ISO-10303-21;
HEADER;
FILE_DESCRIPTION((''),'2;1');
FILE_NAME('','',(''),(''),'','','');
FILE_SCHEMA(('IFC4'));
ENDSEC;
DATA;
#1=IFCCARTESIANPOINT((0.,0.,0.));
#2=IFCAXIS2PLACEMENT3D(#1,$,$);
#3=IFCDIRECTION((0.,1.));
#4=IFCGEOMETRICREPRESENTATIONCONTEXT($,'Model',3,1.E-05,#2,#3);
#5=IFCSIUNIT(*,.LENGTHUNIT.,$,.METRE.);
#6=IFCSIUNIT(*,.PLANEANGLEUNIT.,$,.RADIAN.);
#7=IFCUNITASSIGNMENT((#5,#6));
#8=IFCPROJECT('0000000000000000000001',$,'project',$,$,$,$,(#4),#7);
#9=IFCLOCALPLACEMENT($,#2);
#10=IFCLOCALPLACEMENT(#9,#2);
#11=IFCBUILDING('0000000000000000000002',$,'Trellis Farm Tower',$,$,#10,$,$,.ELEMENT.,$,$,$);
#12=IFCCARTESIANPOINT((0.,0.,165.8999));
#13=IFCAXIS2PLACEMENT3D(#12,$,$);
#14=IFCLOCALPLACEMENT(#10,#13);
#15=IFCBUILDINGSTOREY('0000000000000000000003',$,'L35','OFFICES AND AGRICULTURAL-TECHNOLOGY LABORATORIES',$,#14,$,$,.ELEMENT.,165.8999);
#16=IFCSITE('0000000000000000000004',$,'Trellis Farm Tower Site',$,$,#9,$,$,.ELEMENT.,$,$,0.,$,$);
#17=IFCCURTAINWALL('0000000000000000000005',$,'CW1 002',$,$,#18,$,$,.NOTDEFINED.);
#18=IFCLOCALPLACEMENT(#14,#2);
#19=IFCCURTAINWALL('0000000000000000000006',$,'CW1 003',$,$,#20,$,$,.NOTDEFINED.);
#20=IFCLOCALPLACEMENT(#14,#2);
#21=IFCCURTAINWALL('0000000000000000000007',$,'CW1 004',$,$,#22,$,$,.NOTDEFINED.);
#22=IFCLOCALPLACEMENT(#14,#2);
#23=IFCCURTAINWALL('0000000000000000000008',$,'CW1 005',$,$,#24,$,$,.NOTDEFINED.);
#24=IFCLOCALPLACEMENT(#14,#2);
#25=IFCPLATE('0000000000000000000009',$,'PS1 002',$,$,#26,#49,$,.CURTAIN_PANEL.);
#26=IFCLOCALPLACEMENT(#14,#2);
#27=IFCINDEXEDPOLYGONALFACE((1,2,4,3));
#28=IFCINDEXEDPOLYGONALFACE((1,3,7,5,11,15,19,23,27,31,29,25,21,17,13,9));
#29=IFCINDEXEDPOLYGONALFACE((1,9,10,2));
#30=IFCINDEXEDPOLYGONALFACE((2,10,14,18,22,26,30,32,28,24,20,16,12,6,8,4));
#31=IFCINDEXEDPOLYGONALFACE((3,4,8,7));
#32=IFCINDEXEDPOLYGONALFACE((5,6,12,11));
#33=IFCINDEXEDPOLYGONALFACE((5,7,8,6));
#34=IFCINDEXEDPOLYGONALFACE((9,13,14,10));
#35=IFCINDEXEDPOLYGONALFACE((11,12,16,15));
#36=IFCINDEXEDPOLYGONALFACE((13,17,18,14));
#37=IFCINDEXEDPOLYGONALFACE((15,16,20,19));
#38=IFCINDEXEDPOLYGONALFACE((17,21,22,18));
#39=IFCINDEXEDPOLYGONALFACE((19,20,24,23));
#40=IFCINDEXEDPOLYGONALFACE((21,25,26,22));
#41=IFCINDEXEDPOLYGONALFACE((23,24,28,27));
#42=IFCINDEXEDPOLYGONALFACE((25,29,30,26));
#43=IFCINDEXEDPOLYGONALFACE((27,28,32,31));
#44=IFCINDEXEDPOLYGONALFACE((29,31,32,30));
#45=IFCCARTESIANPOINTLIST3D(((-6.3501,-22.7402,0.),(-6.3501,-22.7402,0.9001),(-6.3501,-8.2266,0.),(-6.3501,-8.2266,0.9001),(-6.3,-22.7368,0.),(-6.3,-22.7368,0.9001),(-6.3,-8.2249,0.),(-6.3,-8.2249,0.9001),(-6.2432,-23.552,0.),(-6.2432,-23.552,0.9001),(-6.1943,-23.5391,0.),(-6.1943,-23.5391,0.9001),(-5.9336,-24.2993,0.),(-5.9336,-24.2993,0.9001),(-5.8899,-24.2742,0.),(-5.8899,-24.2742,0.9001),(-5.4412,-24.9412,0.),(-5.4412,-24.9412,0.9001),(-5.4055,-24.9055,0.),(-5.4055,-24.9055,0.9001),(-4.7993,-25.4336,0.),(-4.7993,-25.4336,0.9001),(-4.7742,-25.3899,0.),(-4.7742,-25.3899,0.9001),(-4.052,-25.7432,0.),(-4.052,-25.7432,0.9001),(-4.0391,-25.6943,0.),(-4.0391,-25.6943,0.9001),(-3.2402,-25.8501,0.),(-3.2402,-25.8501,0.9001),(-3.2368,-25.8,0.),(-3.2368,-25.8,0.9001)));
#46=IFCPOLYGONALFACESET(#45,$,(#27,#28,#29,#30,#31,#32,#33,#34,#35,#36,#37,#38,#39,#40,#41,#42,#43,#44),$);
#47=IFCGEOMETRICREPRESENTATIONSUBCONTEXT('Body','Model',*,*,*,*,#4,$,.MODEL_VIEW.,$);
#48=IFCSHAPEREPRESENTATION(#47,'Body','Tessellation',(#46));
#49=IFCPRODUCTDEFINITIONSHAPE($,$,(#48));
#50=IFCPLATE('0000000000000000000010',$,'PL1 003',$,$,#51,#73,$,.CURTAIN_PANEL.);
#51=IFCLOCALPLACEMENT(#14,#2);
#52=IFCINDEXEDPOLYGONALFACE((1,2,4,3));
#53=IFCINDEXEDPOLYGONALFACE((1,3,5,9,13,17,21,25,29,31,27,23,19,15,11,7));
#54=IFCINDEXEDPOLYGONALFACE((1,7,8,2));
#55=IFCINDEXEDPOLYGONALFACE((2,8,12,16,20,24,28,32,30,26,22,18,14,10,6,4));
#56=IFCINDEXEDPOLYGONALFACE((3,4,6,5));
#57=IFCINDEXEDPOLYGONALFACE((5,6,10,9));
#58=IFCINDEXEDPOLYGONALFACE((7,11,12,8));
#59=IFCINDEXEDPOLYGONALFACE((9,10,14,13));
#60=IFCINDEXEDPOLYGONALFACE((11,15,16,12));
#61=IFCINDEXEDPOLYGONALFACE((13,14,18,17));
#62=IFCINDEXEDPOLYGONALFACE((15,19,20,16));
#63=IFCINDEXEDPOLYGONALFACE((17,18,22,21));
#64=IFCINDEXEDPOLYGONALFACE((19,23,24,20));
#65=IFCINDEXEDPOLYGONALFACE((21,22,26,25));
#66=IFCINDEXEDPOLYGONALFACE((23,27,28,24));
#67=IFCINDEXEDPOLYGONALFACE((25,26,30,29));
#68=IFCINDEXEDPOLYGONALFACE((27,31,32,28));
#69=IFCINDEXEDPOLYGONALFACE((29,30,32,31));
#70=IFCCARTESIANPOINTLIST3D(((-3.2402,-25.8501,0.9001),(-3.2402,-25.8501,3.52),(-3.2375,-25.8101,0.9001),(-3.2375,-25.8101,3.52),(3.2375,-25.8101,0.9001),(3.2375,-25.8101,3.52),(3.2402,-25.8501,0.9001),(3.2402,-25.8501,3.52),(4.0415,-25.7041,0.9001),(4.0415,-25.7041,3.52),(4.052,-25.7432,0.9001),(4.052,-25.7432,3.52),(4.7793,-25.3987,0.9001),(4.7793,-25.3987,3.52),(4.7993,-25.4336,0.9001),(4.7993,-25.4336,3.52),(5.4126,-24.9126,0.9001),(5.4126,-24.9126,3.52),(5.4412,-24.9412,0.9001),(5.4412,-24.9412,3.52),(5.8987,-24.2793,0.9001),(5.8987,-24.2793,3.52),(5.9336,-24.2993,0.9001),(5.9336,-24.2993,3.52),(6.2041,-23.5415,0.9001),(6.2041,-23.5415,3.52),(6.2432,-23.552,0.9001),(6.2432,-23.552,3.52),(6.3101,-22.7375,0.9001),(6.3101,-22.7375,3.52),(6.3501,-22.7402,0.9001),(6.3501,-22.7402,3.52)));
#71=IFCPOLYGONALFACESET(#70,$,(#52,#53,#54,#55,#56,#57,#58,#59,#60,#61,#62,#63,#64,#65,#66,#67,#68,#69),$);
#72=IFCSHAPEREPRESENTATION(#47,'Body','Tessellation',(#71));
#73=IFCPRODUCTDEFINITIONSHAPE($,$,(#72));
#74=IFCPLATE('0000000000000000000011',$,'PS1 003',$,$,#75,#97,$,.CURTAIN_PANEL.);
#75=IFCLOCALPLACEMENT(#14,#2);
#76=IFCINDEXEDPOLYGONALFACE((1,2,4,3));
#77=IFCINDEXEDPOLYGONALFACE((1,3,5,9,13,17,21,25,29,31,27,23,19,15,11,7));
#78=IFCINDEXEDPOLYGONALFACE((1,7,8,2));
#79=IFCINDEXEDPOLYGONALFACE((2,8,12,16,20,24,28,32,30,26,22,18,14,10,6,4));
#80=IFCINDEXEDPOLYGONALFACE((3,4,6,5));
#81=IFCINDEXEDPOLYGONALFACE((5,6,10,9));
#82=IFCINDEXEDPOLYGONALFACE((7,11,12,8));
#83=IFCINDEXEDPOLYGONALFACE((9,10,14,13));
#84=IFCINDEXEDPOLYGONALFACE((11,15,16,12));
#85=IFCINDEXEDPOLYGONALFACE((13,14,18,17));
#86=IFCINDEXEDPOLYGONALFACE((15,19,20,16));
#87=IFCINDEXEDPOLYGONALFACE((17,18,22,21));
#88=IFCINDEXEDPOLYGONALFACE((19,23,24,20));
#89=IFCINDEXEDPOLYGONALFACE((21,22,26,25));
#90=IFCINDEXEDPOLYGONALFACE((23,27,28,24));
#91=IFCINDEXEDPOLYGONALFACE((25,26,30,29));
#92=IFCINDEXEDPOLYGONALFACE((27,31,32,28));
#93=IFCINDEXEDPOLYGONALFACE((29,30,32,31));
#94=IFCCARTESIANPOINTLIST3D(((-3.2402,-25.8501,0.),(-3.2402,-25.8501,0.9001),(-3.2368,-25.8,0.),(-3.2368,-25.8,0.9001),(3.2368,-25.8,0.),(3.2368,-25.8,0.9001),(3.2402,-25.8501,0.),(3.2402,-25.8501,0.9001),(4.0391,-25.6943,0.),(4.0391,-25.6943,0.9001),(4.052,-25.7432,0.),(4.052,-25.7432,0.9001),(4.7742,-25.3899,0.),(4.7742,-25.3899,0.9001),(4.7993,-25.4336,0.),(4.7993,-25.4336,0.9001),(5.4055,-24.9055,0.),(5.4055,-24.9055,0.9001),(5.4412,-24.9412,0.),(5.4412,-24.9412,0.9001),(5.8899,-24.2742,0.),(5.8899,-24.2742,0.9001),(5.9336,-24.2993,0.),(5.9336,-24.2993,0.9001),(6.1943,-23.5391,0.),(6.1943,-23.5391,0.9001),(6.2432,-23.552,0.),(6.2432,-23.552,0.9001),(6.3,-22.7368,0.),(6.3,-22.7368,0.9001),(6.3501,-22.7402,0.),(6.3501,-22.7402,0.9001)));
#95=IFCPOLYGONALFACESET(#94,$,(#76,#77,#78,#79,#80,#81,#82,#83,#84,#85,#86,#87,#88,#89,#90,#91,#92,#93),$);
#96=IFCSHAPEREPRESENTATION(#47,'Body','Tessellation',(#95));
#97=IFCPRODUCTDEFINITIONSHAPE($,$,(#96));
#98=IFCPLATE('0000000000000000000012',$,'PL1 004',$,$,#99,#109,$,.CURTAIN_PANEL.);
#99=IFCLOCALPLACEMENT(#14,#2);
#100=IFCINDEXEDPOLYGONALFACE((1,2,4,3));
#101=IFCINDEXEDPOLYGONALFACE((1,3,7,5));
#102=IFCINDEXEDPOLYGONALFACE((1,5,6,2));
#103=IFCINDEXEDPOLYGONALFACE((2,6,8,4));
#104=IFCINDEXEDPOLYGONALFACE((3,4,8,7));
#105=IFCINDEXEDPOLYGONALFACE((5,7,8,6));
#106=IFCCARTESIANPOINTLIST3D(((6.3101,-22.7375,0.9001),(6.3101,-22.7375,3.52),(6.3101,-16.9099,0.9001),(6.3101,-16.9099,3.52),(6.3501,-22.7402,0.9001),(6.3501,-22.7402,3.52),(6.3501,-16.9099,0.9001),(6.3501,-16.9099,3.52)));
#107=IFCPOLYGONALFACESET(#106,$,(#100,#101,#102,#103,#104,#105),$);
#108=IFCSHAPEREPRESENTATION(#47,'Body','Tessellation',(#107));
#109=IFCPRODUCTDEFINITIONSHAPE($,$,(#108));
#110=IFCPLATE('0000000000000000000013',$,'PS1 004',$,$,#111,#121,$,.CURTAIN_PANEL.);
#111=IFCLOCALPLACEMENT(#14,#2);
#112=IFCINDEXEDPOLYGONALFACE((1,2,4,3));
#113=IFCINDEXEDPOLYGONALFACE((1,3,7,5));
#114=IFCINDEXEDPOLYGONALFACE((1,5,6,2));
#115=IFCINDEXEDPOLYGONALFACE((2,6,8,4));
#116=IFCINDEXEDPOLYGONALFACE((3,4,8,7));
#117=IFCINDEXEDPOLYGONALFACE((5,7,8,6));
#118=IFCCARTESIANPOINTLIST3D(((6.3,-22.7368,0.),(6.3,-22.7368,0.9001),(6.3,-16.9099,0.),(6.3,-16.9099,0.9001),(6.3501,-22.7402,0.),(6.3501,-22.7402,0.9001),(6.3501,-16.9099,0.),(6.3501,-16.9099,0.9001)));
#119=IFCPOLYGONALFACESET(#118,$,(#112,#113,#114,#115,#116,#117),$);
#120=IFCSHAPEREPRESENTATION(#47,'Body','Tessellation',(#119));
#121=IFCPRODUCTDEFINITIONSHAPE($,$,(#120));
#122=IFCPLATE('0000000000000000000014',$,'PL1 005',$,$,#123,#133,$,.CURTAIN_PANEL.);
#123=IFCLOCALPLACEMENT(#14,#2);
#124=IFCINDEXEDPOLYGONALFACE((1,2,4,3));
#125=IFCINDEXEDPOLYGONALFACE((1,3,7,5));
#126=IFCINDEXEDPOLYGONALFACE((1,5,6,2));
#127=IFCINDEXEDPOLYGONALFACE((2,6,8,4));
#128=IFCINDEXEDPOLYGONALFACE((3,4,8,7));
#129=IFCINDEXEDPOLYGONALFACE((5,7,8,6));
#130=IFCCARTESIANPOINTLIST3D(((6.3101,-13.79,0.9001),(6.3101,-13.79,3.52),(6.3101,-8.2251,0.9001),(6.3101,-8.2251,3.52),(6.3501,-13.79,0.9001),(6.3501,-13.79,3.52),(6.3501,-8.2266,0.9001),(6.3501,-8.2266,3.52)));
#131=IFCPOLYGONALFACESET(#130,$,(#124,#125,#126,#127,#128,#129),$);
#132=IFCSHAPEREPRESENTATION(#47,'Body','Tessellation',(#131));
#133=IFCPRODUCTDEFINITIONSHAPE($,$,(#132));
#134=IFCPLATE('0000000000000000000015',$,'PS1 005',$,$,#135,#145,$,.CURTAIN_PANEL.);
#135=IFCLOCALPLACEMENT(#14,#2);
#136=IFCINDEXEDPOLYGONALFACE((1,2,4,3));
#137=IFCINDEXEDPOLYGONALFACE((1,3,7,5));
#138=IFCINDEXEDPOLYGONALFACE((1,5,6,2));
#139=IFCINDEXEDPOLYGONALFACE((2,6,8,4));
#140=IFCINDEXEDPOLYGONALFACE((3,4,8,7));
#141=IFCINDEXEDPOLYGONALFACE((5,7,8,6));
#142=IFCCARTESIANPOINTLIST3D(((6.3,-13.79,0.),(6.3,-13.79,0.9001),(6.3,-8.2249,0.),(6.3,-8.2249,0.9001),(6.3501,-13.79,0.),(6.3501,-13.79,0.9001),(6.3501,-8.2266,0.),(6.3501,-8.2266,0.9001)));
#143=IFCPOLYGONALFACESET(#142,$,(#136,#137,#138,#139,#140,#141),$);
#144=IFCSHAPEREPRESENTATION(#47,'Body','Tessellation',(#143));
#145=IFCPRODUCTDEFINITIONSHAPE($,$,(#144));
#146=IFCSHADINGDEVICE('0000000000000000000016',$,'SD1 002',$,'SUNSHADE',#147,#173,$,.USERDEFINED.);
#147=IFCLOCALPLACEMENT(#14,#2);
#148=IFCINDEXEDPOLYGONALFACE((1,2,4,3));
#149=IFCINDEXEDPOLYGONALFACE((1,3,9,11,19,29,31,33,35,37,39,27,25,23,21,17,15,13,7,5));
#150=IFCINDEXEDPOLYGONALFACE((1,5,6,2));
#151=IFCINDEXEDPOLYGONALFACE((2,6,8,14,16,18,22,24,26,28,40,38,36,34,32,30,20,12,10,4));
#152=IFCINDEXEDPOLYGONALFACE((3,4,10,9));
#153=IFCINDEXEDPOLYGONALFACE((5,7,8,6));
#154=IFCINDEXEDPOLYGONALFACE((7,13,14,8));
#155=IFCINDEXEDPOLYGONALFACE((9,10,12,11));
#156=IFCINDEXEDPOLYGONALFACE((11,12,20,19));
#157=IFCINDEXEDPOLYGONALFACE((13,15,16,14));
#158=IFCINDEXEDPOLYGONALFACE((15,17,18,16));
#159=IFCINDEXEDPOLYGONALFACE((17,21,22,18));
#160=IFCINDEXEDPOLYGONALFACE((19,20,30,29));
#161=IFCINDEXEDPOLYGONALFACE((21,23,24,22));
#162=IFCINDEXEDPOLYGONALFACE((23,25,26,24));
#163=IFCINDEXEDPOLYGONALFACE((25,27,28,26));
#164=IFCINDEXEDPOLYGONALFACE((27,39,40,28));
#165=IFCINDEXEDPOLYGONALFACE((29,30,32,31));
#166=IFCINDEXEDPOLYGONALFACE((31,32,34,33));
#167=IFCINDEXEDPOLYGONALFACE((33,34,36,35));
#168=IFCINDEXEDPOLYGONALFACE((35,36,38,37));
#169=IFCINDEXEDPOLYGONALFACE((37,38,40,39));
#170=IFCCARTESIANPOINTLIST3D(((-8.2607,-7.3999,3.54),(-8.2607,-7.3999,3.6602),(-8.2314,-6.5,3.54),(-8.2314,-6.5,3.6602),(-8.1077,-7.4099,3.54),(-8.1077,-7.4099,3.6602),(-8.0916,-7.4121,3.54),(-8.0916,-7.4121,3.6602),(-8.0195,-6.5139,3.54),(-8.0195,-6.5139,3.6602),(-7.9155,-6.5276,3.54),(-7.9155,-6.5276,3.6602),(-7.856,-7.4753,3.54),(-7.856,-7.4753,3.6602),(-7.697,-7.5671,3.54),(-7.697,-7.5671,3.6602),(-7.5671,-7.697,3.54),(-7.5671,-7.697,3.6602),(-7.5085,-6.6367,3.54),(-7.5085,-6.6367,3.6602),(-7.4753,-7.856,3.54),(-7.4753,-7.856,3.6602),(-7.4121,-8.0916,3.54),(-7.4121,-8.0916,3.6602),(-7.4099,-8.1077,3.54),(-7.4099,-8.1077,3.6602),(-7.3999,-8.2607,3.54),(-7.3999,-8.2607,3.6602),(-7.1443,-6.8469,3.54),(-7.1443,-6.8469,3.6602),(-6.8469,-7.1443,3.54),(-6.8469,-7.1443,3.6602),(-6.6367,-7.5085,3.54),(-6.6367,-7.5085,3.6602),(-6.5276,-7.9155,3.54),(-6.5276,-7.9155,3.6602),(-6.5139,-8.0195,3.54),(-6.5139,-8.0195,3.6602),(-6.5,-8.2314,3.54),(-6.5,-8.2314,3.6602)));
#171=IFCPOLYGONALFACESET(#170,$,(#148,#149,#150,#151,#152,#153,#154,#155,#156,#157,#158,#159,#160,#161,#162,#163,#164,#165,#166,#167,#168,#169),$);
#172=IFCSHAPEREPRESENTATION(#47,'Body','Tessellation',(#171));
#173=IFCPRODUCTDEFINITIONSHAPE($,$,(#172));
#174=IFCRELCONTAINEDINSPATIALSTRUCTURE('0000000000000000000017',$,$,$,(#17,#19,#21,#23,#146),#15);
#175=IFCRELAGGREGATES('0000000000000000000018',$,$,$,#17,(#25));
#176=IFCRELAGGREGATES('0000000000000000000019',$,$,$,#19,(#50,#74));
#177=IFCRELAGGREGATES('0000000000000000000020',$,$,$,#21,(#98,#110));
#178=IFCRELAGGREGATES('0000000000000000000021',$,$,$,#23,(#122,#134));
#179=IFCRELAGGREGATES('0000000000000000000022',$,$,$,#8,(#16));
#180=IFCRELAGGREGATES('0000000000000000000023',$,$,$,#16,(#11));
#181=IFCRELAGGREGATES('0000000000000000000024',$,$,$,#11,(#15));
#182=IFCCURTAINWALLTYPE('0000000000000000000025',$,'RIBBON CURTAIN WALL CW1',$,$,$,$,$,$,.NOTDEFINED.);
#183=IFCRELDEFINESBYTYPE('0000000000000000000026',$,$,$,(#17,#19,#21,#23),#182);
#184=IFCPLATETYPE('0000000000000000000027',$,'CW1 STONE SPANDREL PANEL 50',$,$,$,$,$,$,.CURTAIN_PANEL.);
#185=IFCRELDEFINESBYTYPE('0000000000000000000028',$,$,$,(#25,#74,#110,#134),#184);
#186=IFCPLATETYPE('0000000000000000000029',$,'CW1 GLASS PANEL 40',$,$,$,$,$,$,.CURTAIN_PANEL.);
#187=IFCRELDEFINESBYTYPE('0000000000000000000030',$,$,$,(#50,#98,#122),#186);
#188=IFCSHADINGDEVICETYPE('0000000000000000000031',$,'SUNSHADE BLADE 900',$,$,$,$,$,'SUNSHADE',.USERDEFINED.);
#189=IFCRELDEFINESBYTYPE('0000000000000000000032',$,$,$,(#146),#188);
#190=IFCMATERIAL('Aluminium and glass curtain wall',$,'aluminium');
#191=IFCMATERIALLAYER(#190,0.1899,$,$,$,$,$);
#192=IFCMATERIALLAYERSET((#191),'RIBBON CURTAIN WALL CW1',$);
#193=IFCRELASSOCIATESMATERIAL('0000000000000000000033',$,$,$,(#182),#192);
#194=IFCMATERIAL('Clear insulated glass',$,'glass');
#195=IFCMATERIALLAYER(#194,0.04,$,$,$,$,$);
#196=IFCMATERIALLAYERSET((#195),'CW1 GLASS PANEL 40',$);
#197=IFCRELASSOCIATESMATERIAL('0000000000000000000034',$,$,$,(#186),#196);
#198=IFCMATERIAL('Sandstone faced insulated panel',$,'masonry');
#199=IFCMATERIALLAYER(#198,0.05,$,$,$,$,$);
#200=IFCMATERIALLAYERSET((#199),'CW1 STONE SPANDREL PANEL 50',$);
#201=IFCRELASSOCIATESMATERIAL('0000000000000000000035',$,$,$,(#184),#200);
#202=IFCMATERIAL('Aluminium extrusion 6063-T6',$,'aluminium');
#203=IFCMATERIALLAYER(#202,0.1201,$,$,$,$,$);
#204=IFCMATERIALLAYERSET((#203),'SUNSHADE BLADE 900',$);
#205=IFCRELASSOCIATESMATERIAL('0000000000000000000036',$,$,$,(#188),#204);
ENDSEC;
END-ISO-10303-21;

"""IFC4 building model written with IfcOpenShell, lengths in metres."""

from ifc_helpers import new_model, si_unit, direction, frame, origin, place, context, subcontext, project, spatial, polyline, outline, extrude, source, transform, mapped, material, layer, layer_set, type_object, element, aggregate, save


model = new_model("IFC4")

# Units and contexts
model_context = context("Model", 3, precision=1e-05, world=origin(), true_north=direction((0.0, 1.0)))
body_context = subcontext(model_context, "Body", "Model", "MODEL_VIEW")
ifc_project = project(units=[si_unit("LENGTHUNIT", "METRE"), si_unit("PLANEANGLEUNIT", "RADIAN")], contexts=[model_context])

# Site, building, storey
site_placement = place(None, origin())
site = spatial("IfcSite", under=ifc_project, at=site_placement, Name="Trellis Farm Tower Site", CompositionType="ELEMENT", RefElevation=0.0)
building_placement = place(site_placement, origin())
building = spatial("IfcBuilding", under=site, at=building_placement, Name="Trellis Farm Tower", CompositionType="ELEMENT")
storey_placement = place(building_placement, frame((0.0, 0.0, 165.8999)))
storey = spatial("IfcBuildingStorey", under=building, at=storey_placement, Name="L35", Description="OFFICES AND AGRICULTURAL-TECHNOLOGY LABORATORIES", CompositionType="ELEMENT", Elevation=165.8999)

# Curtain walls
ifc_material_1 = material(Name="Aluminium and glass curtain wall", Category="aluminium")
placement_1 = place(storey_placement, origin())
ifc_material_2 = material(Name="Aluminium extrusion 6063-T6", Category="aluminium")
ifc_layer_1 = layer(ifc_material_1, 0.1899)
ifc_layer_set_1 = layer_set([ifc_layer_1], Name="RIBBON CURTAIN WALL CW1")
curtain_wall_type_1 = type_object("IfcCurtainWallType", Name="RIBBON CURTAIN WALL CW1", PredefinedType="NOTDEFINED", material=ifc_layer_set_1)
curtain_wall_1 = element("IfcCurtainWall", 1, at=placement_1, inside=storey, type_object=curtain_wall_type_1, Name="CW1 002", PredefinedType="NOTDEFINED")
curtain_wall_2 = element("IfcCurtainWall", 2, at=placement_1, inside=storey, type_object=curtain_wall_type_1, Name="CW1 003", PredefinedType="NOTDEFINED")
curtain_wall_3 = element("IfcCurtainWall", 3, at=placement_1, inside=storey, type_object=curtain_wall_type_1, Name="CW1 004", PredefinedType="NOTDEFINED")
curtain_wall_4 = element("IfcCurtainWall", 4, at=placement_1, inside=storey, type_object=curtain_wall_type_1, Name="CW1 005", PredefinedType="NOTDEFINED")

# Plates
ifc_material_3 = material(Name="Clear insulated glass", Category="glass")
ifc_layer_2 = layer(ifc_material_3, 0.04)
ifc_layer_set_2 = layer_set([ifc_layer_2], Name="CW1 GLASS PANEL 40")
plate_type_1 = type_object("IfcPlateType", Name="CW1 GLASS PANEL 40", PredefinedType="CURTAIN_PANEL", material=ifc_layer_set_2)
placement_2 = place(storey_placement, frame((0.0, 0.0, 0.9001)))
ifc_material_4 = material(Name="Sandstone faced insulated panel", Category="masonry")
ifc_layer_3 = layer(ifc_material_4, 0.05)
ifc_layer_set_3 = layer_set([ifc_layer_3], Name="CW1 STONE SPANDREL PANEL 50")
plate_type_2 = type_object("IfcPlateType", Name="CW1 STONE SPANDREL PANEL 50", PredefinedType="CURTAIN_PANEL", material=ifc_layer_set_3)
shared_shape_1 = source(origin(), body_context, "Body", "SweptSolid", [
    extrude(outline(polyline([(-6.3501, -8.2266), (-6.3501, -22.7402), (-6.2432, -23.552), (-5.9336, -24.2993), (-5.4412, -24.9412), (-4.7993, -25.4336), (-4.052, -25.7432), (-3.2402, -25.8501), (-3.2368, -25.8), (-4.0391, -25.6943), (-4.7742, -25.3899), (-5.4055, -24.9055), (-5.8899, -24.2742), (-6.1943, -23.5391), (-6.3, -22.7368), (-6.3, -8.2249), (-6.3501, -8.2266)])), origin(), (0.0, 0.0, 1.0), 0.9001),
])
plate_1 = element("IfcPlate", 5, at=placement_1, type_object=plate_type_2, Name="PS1 002", PredefinedType="CURTAIN_PANEL", context=body_context, shape_type="MappedRepresentation", body=[
    mapped(shared_shape_1, transform((0.0, 0.0, 0.0))),
])
aggregate(curtain_wall_1, [plate_1])
shared_shape_2 = source(origin(), body_context, "Body", "SweptSolid", [
    extrude(outline(polyline([(-3.2402, -25.8501), (3.2402, -25.8501), (4.052, -25.7432), (4.7993, -25.4336), (5.4412, -24.9412), (5.9336, -24.2993), (6.2432, -23.552), (6.3501, -22.7402), (6.3101, -22.7375), (6.2041, -23.5415), (5.8987, -24.2793), (5.4126, -24.9126), (4.7793, -25.3987), (4.0415, -25.7041), (3.2375, -25.8101), (-3.2375, -25.8101), (-3.2402, -25.8501)])), origin(), (0.0, 0.0, 1.0), 2.6199),
])
plate_2 = element("IfcPlate", 6, at=placement_2, type_object=plate_type_1, Name="PL1 003", PredefinedType="CURTAIN_PANEL", context=body_context, shape_type="MappedRepresentation", body=[
    mapped(shared_shape_2, transform((0.0, 0.0, 0.0))),
])
shared_shape_3 = source(origin(), body_context, "Body", "SweptSolid", [
    extrude(outline(polyline([(-3.2402, -25.8501), (3.2402, -25.8501), (4.052, -25.7432), (4.7993, -25.4336), (5.4412, -24.9412), (5.9336, -24.2993), (6.2432, -23.552), (6.3501, -22.7402), (6.3, -22.7368), (6.1943, -23.5391), (5.8899, -24.2742), (5.4055, -24.9055), (4.7742, -25.3899), (4.0391, -25.6943), (3.2368, -25.8), (-3.2368, -25.8), (-3.2402, -25.8501)])), origin(), (0.0, 0.0, 1.0), 0.9001),
])
plate_3 = element("IfcPlate", 7, at=placement_1, type_object=plate_type_2, Name="PS1 003", PredefinedType="CURTAIN_PANEL", context=body_context, shape_type="MappedRepresentation", body=[
    mapped(shared_shape_3, transform((0.0, 0.0, 0.0))),
])
aggregate(curtain_wall_2, [plate_2, plate_3])
shared_shape_4 = source(origin(), body_context, "Body", "SweptSolid", [
    extrude(outline(polyline([(6.3501, -22.7402), (6.3501, -16.9099), (6.3101, -16.9099), (6.3101, -22.7375), (6.3501, -22.7402)])), origin(), (0.0, 0.0, 1.0), 2.6199),
])
plate_4 = element("IfcPlate", 8, at=placement_2, type_object=plate_type_1, Name="PL1 004", PredefinedType="CURTAIN_PANEL", context=body_context, shape_type="MappedRepresentation", body=[
    mapped(shared_shape_4, transform((0.0, 0.0, 0.0))),
])
shared_shape_5 = source(origin(), body_context, "Body", "SweptSolid", [
    extrude(outline(polyline([(6.3501, -22.7402), (6.3501, -16.9099), (6.3, -16.9099), (6.3, -22.7368), (6.3501, -22.7402)])), origin(), (0.0, 0.0, 1.0), 0.9001),
])
plate_5 = element("IfcPlate", 9, at=placement_1, type_object=plate_type_2, Name="PS1 004", PredefinedType="CURTAIN_PANEL", context=body_context, shape_type="MappedRepresentation", body=[
    mapped(shared_shape_5, transform((0.0, 0.0, 0.0))),
])
aggregate(curtain_wall_3, [plate_4, plate_5])
shared_shape_6 = source(origin(), body_context, "Body", "SweptSolid", [
    extrude(outline(polyline([(6.3501, -13.79), (6.3501, -8.2266), (6.3101, -8.2251), (6.3101, -13.79), (6.3501, -13.79)])), origin(), (0.0, 0.0, 1.0), 2.6199),
])
plate_6 = element("IfcPlate", 10, at=placement_2, type_object=plate_type_1, Name="PL1 005", PredefinedType="CURTAIN_PANEL", context=body_context, shape_type="MappedRepresentation", body=[
    mapped(shared_shape_6, transform((0.0, 0.0, 0.0))),
])
shared_shape_7 = source(origin(), body_context, "Body", "SweptSolid", [
    extrude(outline(polyline([(6.3501, -13.79), (6.3501, -8.2266), (6.3, -8.2249), (6.3, -13.79), (6.3501, -13.79)])), origin(), (0.0, 0.0, 1.0), 0.9001),
])
plate_7 = element("IfcPlate", 11, at=placement_1, type_object=plate_type_2, Name="PS1 005", PredefinedType="CURTAIN_PANEL", context=body_context, shape_type="MappedRepresentation", body=[
    mapped(shared_shape_7, transform((0.0, 0.0, 0.0))),
])
aggregate(curtain_wall_4, [plate_6, plate_7])

# Shading device
ifc_layer_4 = layer(ifc_material_2, 0.1201)
ifc_layer_set_4 = layer_set([ifc_layer_4], Name="SUNSHADE BLADE 900")
shading_device_type_1 = type_object("IfcShadingDeviceType", Name="SUNSHADE BLADE 900", ElementType="SUNSHADE", PredefinedType="USERDEFINED", material=ifc_layer_set_4)
shared_shape_8 = source(origin(), body_context, "Body", "SweptSolid", [
    extrude(outline(polyline([(-8.2607, -7.3999), (-8.1077, -7.4099), (-8.0916, -7.4121), (-7.856, -7.4753), (-7.697, -7.5671), (-7.5671, -7.697), (-7.4753, -7.856), (-7.4121, -8.0916), (-7.4099, -8.1077), (-7.3999, -8.2607), (-6.5, -8.2314), (-6.5139, -8.0195), (-6.5276, -7.9155), (-6.6367, -7.5085), (-6.8469, -7.1443), (-7.1443, -6.8469), (-7.5085, -6.6367), (-7.9155, -6.5276), (-8.0195, -6.5139), (-8.2314, -6.5), (-8.2607, -7.3999)])), origin(), (0.0, 0.0, 1.0), 0.1201),
])
placement_3 = place(storey_placement, frame((0.0, 0.0, 3.54)))
element("IfcShadingDevice", 12, at=placement_3, inside=storey, type_object=shading_device_type_1, Name="SD1 002", ObjectType="SUNSHADE", PredefinedType="USERDEFINED", context=body_context, shape_type="MappedRepresentation", body=[
    mapped(shared_shape_8, transform((0.0, 0.0, 0.0))),
])

save(model, "model.ifc")
